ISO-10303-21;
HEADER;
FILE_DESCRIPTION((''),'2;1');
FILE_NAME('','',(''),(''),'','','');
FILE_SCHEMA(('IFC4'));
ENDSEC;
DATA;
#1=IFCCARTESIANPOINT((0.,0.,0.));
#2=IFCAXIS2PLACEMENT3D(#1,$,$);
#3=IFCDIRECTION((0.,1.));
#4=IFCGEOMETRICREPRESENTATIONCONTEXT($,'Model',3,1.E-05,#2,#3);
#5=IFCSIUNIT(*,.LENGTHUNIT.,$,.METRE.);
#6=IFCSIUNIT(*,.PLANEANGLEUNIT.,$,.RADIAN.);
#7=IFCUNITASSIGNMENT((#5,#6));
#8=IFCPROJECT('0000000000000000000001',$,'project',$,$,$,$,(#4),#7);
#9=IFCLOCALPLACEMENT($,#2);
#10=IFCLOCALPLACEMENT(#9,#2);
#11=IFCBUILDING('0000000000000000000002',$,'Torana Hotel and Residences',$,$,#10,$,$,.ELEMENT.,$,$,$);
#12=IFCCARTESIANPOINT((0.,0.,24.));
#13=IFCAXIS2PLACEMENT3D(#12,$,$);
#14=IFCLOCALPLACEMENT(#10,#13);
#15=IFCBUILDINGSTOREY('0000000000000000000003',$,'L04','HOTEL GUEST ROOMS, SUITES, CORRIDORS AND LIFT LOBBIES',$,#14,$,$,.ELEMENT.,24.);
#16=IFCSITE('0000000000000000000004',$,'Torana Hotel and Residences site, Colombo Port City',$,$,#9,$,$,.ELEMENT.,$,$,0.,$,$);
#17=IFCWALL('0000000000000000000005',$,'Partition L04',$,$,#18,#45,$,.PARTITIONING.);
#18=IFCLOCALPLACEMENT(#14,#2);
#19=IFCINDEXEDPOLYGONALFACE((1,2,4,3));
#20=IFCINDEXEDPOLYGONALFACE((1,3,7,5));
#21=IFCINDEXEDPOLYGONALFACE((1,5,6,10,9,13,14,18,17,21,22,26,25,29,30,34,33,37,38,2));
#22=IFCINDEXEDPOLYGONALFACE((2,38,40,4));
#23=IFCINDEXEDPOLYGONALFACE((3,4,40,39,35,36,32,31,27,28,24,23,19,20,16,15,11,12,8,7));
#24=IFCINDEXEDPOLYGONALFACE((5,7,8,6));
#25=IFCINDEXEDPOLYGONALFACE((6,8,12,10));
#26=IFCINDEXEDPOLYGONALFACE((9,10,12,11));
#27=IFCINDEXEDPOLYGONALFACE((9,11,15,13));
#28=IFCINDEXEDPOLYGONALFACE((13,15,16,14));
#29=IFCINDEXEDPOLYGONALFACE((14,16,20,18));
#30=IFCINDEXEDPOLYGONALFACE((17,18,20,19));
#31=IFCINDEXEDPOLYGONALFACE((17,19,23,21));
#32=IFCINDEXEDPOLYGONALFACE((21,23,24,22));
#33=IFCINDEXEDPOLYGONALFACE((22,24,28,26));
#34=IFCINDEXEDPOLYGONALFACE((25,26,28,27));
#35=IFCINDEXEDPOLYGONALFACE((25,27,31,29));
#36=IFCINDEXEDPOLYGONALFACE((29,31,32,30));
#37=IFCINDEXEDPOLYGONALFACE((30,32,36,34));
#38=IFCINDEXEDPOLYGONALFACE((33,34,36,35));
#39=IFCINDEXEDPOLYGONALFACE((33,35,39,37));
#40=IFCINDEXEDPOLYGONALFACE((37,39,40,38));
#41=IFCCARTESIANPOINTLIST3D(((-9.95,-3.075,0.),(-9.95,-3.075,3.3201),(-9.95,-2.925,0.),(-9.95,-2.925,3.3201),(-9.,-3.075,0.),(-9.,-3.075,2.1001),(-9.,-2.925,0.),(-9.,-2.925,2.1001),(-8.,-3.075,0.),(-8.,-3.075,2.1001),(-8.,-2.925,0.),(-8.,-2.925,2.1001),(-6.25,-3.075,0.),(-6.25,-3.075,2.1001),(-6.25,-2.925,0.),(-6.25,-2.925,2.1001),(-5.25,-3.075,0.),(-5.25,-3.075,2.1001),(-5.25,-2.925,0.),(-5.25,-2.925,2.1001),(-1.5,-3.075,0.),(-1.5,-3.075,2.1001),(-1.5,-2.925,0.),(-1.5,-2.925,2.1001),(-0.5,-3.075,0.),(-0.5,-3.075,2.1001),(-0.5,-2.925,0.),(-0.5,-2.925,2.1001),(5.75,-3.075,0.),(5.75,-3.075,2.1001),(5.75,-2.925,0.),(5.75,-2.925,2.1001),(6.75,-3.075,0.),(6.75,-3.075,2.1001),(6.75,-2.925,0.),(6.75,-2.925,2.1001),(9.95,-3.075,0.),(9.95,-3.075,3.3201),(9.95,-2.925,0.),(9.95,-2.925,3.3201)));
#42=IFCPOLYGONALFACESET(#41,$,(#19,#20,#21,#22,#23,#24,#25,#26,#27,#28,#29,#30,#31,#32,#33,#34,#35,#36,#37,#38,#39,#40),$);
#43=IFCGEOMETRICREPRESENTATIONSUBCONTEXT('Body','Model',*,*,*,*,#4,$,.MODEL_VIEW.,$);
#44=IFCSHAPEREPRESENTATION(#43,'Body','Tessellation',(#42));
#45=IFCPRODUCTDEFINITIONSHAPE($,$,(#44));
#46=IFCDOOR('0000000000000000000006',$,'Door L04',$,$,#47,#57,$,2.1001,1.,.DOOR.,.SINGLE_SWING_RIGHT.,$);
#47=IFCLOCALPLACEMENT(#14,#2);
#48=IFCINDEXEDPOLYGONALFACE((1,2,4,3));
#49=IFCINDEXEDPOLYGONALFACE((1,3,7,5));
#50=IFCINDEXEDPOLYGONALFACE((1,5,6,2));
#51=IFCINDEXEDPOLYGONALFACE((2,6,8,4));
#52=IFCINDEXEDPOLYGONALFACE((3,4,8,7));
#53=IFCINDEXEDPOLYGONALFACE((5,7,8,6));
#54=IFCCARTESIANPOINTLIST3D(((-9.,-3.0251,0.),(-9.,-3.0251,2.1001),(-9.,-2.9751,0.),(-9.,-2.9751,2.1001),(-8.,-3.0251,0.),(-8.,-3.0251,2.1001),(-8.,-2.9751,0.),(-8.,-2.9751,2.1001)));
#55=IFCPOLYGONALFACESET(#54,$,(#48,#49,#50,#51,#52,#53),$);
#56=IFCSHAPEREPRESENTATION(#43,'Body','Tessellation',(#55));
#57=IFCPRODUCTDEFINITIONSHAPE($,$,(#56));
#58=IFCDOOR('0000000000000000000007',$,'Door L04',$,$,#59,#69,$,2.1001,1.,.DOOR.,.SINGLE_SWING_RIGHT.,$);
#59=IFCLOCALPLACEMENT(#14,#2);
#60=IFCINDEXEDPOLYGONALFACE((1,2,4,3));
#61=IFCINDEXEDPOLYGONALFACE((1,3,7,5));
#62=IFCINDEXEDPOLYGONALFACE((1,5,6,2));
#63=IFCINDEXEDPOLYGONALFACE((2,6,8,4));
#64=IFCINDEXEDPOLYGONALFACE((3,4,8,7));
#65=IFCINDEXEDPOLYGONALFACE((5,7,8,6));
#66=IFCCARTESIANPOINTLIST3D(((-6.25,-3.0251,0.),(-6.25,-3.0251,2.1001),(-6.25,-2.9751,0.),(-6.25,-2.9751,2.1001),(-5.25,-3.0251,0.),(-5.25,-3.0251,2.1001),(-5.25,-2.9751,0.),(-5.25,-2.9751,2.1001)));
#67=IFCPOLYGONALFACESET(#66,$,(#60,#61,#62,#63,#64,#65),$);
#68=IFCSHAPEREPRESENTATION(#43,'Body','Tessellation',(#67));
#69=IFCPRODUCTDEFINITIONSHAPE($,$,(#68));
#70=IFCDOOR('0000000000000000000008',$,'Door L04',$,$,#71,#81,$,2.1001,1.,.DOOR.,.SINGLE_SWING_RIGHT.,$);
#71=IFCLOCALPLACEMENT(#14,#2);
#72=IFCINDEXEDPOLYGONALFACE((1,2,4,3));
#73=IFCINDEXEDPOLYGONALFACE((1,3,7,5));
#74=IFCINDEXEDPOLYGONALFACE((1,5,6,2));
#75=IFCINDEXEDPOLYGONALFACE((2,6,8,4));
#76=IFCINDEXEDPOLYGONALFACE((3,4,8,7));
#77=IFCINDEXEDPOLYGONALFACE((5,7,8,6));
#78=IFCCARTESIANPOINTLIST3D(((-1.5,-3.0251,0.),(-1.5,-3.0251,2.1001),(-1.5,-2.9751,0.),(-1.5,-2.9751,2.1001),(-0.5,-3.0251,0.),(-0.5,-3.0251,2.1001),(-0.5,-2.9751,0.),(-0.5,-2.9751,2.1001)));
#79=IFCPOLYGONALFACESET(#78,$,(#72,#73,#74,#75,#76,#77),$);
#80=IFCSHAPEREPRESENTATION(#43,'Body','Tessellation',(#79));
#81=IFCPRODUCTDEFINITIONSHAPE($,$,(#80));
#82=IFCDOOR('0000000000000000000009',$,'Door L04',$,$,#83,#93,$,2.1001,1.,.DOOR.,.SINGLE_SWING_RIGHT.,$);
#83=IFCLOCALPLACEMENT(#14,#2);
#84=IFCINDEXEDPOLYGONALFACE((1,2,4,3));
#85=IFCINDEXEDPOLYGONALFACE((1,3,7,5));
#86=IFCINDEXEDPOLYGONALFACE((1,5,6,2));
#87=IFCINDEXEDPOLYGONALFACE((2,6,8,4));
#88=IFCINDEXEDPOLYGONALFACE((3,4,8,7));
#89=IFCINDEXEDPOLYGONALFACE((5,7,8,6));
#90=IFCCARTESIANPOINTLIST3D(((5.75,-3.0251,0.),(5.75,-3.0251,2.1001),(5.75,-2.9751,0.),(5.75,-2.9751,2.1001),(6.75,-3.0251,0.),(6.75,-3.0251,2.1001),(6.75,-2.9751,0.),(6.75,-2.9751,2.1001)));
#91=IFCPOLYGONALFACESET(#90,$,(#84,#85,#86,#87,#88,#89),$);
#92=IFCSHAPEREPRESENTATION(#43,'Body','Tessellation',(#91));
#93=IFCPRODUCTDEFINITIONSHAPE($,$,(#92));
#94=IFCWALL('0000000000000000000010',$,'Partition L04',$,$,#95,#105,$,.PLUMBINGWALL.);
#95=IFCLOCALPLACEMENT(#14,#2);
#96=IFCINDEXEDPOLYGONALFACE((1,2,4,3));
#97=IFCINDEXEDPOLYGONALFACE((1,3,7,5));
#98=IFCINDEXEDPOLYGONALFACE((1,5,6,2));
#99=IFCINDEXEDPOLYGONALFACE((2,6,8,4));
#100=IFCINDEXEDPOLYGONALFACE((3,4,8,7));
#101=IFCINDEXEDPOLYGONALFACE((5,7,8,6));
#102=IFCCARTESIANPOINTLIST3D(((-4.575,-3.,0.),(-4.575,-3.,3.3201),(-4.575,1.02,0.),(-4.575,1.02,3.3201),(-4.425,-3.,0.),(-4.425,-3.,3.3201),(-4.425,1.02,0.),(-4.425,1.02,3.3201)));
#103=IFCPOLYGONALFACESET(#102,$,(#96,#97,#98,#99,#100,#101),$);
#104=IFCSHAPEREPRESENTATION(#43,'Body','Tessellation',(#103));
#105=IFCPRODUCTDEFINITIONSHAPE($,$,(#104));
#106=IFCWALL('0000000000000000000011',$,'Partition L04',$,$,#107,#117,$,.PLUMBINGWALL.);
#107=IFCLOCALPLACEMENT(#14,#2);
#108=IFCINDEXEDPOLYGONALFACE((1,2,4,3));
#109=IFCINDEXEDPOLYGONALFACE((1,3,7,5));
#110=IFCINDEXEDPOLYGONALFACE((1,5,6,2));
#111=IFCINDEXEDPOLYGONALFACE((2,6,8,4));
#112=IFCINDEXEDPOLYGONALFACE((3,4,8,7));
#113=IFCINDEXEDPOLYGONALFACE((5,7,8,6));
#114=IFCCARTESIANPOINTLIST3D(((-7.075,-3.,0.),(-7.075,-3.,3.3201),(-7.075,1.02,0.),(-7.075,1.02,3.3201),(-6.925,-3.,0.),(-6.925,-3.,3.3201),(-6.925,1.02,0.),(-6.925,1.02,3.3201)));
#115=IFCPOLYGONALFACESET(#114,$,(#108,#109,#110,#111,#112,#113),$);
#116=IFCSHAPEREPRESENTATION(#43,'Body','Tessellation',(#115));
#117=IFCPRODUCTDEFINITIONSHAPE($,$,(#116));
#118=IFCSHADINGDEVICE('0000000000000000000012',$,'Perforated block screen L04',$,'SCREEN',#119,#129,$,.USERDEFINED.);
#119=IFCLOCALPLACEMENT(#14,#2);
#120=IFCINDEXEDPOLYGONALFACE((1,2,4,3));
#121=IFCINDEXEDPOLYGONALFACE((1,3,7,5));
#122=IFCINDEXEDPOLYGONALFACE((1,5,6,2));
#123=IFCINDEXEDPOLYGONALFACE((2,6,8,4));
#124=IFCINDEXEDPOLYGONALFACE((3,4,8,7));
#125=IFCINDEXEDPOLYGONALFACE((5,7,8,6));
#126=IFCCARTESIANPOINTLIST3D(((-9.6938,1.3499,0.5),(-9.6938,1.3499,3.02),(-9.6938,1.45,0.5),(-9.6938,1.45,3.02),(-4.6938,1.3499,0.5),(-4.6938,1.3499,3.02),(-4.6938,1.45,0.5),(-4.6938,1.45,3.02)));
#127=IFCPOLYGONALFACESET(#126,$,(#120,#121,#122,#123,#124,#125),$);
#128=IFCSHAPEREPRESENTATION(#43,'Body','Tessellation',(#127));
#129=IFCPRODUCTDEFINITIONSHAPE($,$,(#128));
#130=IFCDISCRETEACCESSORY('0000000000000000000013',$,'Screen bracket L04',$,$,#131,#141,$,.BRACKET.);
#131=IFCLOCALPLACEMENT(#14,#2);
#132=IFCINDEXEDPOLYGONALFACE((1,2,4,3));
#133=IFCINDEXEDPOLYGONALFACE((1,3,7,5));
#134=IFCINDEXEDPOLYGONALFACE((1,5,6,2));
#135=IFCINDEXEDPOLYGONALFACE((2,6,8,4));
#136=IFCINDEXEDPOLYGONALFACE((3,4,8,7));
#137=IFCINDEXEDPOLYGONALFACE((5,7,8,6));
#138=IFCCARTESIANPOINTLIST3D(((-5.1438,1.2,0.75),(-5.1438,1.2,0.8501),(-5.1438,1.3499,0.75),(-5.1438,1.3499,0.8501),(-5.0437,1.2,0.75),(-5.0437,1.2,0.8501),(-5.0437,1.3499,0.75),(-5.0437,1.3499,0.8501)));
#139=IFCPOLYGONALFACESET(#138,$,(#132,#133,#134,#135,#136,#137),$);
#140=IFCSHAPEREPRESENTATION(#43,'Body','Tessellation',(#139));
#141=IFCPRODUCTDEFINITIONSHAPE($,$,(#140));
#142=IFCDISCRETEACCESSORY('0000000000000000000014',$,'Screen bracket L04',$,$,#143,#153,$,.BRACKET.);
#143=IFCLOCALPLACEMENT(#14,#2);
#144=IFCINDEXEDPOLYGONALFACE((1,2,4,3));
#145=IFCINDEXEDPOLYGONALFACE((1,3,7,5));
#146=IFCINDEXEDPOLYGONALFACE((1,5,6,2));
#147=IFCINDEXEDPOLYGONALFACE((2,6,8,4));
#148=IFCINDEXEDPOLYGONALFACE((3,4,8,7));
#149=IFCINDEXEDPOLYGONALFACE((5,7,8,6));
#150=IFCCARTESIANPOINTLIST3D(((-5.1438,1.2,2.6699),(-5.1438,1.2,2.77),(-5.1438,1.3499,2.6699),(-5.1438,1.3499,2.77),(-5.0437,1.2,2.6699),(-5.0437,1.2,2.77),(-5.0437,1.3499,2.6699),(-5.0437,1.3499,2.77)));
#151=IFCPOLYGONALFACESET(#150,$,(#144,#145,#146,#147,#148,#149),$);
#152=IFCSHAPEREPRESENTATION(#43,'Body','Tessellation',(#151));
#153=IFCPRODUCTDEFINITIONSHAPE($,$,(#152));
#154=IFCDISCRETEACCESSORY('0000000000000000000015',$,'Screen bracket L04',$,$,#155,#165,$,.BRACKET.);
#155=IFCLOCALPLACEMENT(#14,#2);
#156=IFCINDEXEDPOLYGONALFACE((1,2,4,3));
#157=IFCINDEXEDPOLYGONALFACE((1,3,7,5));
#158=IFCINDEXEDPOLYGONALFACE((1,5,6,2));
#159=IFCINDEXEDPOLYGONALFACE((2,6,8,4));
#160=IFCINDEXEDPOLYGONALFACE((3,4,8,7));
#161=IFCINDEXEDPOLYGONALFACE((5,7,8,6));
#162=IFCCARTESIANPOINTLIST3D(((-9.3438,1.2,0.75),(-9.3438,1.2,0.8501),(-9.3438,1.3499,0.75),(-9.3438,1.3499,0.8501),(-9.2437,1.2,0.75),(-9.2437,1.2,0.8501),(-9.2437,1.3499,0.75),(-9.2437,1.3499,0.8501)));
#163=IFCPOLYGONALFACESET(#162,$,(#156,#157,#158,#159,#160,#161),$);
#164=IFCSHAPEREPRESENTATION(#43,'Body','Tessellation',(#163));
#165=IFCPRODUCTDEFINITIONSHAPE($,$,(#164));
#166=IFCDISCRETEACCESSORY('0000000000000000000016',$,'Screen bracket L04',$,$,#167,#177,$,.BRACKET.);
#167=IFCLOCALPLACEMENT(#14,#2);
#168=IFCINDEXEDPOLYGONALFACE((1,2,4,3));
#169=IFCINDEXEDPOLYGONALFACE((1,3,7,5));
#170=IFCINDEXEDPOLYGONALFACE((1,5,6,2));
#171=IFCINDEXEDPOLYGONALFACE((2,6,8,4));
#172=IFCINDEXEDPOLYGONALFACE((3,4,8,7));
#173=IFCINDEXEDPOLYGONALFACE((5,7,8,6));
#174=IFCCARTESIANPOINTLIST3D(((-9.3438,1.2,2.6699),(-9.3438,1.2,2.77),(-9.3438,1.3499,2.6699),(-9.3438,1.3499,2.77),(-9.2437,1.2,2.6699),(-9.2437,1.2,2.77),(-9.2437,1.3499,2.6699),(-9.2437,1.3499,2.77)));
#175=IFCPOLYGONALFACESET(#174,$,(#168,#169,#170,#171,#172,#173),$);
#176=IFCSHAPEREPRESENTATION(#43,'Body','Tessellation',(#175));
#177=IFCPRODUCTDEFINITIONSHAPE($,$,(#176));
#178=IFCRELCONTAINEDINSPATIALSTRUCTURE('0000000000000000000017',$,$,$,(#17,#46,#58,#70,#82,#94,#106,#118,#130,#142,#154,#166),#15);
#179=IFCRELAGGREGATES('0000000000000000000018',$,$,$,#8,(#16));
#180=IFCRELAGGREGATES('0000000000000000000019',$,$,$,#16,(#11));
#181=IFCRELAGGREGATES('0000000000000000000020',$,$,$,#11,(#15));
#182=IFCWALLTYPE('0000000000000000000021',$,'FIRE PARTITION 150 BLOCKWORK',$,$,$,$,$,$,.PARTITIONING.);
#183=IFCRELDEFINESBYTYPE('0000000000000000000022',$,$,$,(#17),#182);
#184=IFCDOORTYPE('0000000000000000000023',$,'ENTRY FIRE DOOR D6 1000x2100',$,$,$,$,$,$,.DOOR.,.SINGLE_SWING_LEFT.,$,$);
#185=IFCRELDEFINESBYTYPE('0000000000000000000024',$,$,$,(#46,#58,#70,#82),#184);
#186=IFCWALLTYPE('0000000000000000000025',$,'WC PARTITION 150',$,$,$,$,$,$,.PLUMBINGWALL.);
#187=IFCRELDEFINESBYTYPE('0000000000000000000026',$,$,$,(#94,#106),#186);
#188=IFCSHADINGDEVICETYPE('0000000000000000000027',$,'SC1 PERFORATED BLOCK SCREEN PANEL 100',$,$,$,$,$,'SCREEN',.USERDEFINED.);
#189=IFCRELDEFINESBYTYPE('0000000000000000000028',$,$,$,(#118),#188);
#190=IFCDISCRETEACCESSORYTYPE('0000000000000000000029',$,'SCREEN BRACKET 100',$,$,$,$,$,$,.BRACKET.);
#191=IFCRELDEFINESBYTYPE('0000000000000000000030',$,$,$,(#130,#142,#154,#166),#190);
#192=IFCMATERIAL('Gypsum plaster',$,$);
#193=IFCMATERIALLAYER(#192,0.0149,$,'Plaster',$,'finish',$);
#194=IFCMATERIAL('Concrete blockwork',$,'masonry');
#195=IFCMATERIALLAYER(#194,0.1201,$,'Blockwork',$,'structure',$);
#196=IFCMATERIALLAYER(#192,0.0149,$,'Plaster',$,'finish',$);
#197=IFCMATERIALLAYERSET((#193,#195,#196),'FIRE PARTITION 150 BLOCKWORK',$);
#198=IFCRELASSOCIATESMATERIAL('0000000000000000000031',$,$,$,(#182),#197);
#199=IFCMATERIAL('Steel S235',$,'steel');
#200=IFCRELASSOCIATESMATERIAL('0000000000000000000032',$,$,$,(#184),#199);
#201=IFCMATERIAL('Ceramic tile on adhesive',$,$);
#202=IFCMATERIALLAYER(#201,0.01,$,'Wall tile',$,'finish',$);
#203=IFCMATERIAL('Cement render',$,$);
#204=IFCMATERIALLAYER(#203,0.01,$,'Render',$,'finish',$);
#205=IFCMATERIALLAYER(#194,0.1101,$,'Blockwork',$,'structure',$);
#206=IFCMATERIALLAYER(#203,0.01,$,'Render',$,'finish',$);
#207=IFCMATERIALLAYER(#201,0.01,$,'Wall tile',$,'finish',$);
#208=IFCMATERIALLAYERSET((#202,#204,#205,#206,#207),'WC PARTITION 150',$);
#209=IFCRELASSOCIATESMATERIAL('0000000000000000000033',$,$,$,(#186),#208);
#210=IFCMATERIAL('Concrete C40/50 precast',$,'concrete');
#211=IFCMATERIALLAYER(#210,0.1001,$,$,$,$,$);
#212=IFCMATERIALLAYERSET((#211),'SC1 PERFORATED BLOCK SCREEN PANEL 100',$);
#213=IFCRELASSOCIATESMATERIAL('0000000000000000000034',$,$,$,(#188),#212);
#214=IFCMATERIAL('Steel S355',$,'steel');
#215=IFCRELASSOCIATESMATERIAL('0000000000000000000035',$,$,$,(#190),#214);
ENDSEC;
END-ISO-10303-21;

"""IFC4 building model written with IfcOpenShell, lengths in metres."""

from ifc_helpers import new_model, si_unit, direction, frame, frame_2d, origin, origin_2d, place, context, subcontext, project, spatial, rectangle, extrude, material, layer, layer_set, type_object, element, fill, save


model = new_model("IFC4")

# Units and contexts
model_context = context("Model", 3, precision=1e-05, world=origin(), true_north=direction((0.0, 1.0)))
body_context = subcontext(model_context, "Body", "Model", "MODEL_VIEW")
ifc_project = project(units=[si_unit("LENGTHUNIT", "METRE"), si_unit("PLANEANGLEUNIT", "RADIAN")], contexts=[model_context])

# Site, building, storey
site_placement = place(None, origin())
site = spatial("IfcSite", under=ifc_project, at=site_placement, Name="Torana Hotel and Residences site, Colombo Port City", CompositionType="ELEMENT", RefElevation=0.0)
building_placement = place(site_placement, origin())
building = spatial("IfcBuilding", under=site, at=building_placement, Name="Torana Hotel and Residences", CompositionType="ELEMENT")
storey_placement = place(building_placement, frame((0.0, 0.0, 24.0)))
storey = spatial("IfcBuildingStorey", under=building, at=storey_placement, Name="L04", Description="HOTEL GUEST ROOMS, SUITES, CORRIDORS AND LIFT LOBBIES", CompositionType="ELEMENT", Elevation=24.0)

# Shared definitions
ifc_material_1 = material(Name="Gypsum plaster")
ifc_layer_1 = layer(ifc_material_1, 0.0149, Name="Plaster", Category="finish")
ifc_material_2 = material(Name="Concrete blockwork", Category="masonry")
ifc_layer_2 = layer(ifc_material_2, 0.1201, Name="Blockwork", Category="structure")
ifc_layer_3 = layer(ifc_material_1, 0.0149, Name="Plaster", Category="finish")
ifc_layer_set_1 = layer_set([ifc_layer_1, ifc_layer_2, ifc_layer_3], Name="FIRE PARTITION 150 BLOCKWORK")
wall_type_1 = type_object("IfcWallType", Name="FIRE PARTITION 150 BLOCKWORK", PredefinedType="PARTITIONING", material=ifc_layer_set_1)

# Wall, openings, doors
ifc_material_3 = material(Name="Steel S235", Category="steel")
door_type = type_object("IfcDoorType", Name="ENTRY FIRE DOOR D6 1000x2100", OperationType="SINGLE_SWING_LEFT", PredefinedType="DOOR", material=ifc_material_3)
wall_1_placement = place(storey_placement, frame((-9.95, -3.0, 0.0), z_axis=(0.0, 0.0, 1.0), x_axis=(1.0, 0.0, 0.0)))
wall_1 = element("IfcWall", 1, at=wall_1_placement, inside=storey, type_object=wall_type_1, Name="Partition L04", PredefinedType="PARTITIONING", context=body_context, shape_type="SweptSolid", body=[
    extrude(rectangle(XDim=19.8999, YDim=0.1499, at=frame_2d((9.95, 0.0))), origin(), (0.0, 0.0, 1.0), 3.3201),
])
opening_1_placement = place(wall_1_placement, frame((0.95, 0.0, 0.0)))
opening_1 = element("IfcOpeningElement", 2, at=opening_1_placement, cuts=wall_1, PredefinedType="OPENING", context=body_context, shape_type="SweptSolid", body=[
    extrude(rectangle(XDim=1.0, YDim=2.1001, at=frame_2d((0.5, 1.05))), frame((0.0, 0.085, 0.0), z_axis=(0.0, -1.0, 0.0), x_axis=(1.0, 0.0, 0.0)), (0.0, 0.0, 1.0), 0.1699),
])
opening_2_placement = place(wall_1_placement, frame((3.7, 0.0, 0.0)))
opening_2 = element("IfcOpeningElement", 3, at=opening_2_placement, cuts=wall_1, PredefinedType="OPENING", context=body_context, shape_type="SweptSolid", body=[
    extrude(rectangle(XDim=1.0, YDim=2.1001, at=frame_2d((0.5, 1.05))), frame((0.0, 0.085, 0.0), z_axis=(0.0, -1.0, 0.0), x_axis=(1.0, 0.0, 0.0)), (0.0, 0.0, 1.0), 0.1699),
])
opening_3_placement = place(wall_1_placement, frame((8.45, 0.0, 0.0)))
opening_3 = element("IfcOpeningElement", 4, at=opening_3_placement, cuts=wall_1, PredefinedType="OPENING", context=body_context, shape_type="SweptSolid", body=[
    extrude(rectangle(XDim=1.0, YDim=2.1001, at=frame_2d((0.5, 1.05))), frame((0.0, 0.085, 0.0), z_axis=(0.0, -1.0, 0.0), x_axis=(1.0, 0.0, 0.0)), (0.0, 0.0, 1.0), 0.1699),
])
opening_4_placement = place(wall_1_placement, frame((15.7, 0.0, 0.0)))
opening_4 = element("IfcOpeningElement", 5, at=opening_4_placement, cuts=wall_1, PredefinedType="OPENING", context=body_context, shape_type="SweptSolid", body=[
    extrude(rectangle(XDim=1.0, YDim=2.1001, at=frame_2d((0.5, 1.05))), frame((0.0, 0.085, 0.0), z_axis=(0.0, -1.0, 0.0), x_axis=(1.0, 0.0, 0.0)), (0.0, 0.0, 1.0), 0.1699),
])
door_1_placement = place(opening_1_placement, origin())
door_1 = element("IfcDoor", 6, at=door_1_placement, inside=storey, type_object=door_type, Name="Door L04", OperationType="SINGLE_SWING_RIGHT", OverallHeight=2.1001, OverallWidth=1.0, PredefinedType="DOOR", context=body_context, shape_type="SweptSolid", body=[
    extrude(rectangle(XDim=1.0, YDim=2.1001, at=frame_2d((0.5, 1.05))), frame((0.0, 0.0249, 0.0), z_axis=(0.0, -1.0, 0.0), x_axis=(1.0, 0.0, 0.0)), (0.0, 0.0, 1.0), 0.05),
])
fill(opening_1, door_1)
door_2_placement = place(opening_2_placement, origin())
door_2 = element("IfcDoor", 7, at=door_2_placement, inside=storey, type_object=door_type, Name="Door L04", OperationType="SINGLE_SWING_RIGHT", OverallHeight=2.1001, OverallWidth=1.0, PredefinedType="DOOR", context=body_context, shape_type="SweptSolid", body=[
    extrude(rectangle(XDim=1.0, YDim=2.1001, at=frame_2d((0.5, 1.05))), frame((0.0, 0.0249, 0.0), z_axis=(0.0, -1.0, 0.0), x_axis=(1.0, 0.0, 0.0)), (0.0, 0.0, 1.0), 0.05),
])
fill(opening_2, door_2)
door_3_placement = place(opening_3_placement, origin())
door_3 = element("IfcDoor", 8, at=door_3_placement, inside=storey, type_object=door_type, Name="Door L04", OperationType="SINGLE_SWING_RIGHT", OverallHeight=2.1001, OverallWidth=1.0, PredefinedType="DOOR", context=body_context, shape_type="SweptSolid", body=[
    extrude(rectangle(XDim=1.0, YDim=2.1001, at=frame_2d((0.5, 1.05))), frame((0.0, 0.0249, 0.0), z_axis=(0.0, -1.0, 0.0), x_axis=(1.0, 0.0, 0.0)), (0.0, 0.0, 1.0), 0.05),
])
fill(opening_3, door_3)
door_4_placement = place(opening_4_placement, origin())
door_4 = element("IfcDoor", 9, at=door_4_placement, inside=storey, type_object=door_type, Name="Door L04", OperationType="SINGLE_SWING_RIGHT", OverallHeight=2.1001, OverallWidth=1.0, PredefinedType="DOOR", context=body_context, shape_type="SweptSolid", body=[
    extrude(rectangle(XDim=1.0, YDim=2.1001, at=frame_2d((0.5, 1.05))), frame((0.0, 0.0249, 0.0), z_axis=(0.0, -1.0, 0.0), x_axis=(1.0, 0.0, 0.0)), (0.0, 0.0, 1.0), 0.05),
])
fill(opening_4, door_4)

# Walls
ifc_material_4 = material(Name="Ceramic tile on adhesive")
ifc_layer_4 = layer(ifc_material_4, 0.01, Name="Wall tile", Category="finish")
ifc_material_5 = material(Name="Cement render")
ifc_layer_5 = layer(ifc_material_5, 0.01, Name="Render", Category="finish")
ifc_layer_6 = layer(ifc_material_2, 0.1101, Name="Blockwork", Category="structure")
ifc_layer_7 = layer(ifc_material_5, 0.01, Name="Render", Category="finish")
ifc_layer_8 = layer(ifc_material_4, 0.01, Name="Wall tile", Category="finish")
ifc_layer_set_2 = layer_set([ifc_layer_4, ifc_layer_5, ifc_layer_6, ifc_layer_7, ifc_layer_8], Name="WC PARTITION 150")
wall_type_2 = type_object("IfcWallType", Name="WC PARTITION 150", PredefinedType="PLUMBINGWALL", material=ifc_layer_set_2)
for number, where, z_axis, x_axis, name in (
    (10, (-4.5, -3.0, 0.0), (0.0, 0.0, 1.0), (0.0, 1.0, 0.0), "Partition L04"),
    (11, (-7.0, -3.0, 0.0), (0.0, 0.0, 1.0), (0.0, 1.0, 0.0), "Partition L04"),
):
    element("IfcWall", number, at=place(storey_placement, frame(where, z_axis=z_axis, x_axis=x_axis)), inside=storey, type_object=wall_type_2, Name=name, PredefinedType="PLUMBINGWALL", context=body_context, shape_type="SweptSolid", body=[
        extrude(rectangle(XDim=4.02, YDim=0.1499, at=frame_2d((2.01, 0.0))), origin(), (0.0, 0.0, 1.0), 3.3201),
    ])

# Shading device
ifc_material_6 = material(Name="Concrete C40/50 precast", Category="concrete")
ifc_layer_9 = layer(ifc_material_6, 0.1001)
ifc_layer_set_3 = layer_set([ifc_layer_9], Name="SC1 PERFORATED BLOCK SCREEN PANEL 100")
shading_device_type = type_object("IfcShadingDeviceType", Name="SC1 PERFORATED BLOCK SCREEN PANEL 100", ElementType="SCREEN", PredefinedType="USERDEFINED", material=ifc_layer_set_3)
shading_device_placement = place(storey_placement, frame((-7.1938, 1.3999, 0.5), z_axis=(0.0, 0.0, 1.0), x_axis=(-1.0, 0.0, 0.0)))
element("IfcShadingDevice", 12, at=shading_device_placement, inside=storey, type_object=shading_device_type, Name="Perforated block screen L04", ObjectType="SCREEN", PredefinedType="USERDEFINED", context=body_context, shape_type="SweptSolid", body=[
    extrude(rectangle(XDim=5.0, YDim=0.1001, at=origin_2d()), origin(), (0.0, 0.0, 1.0), 2.52),
])

# Discrete accessories
ifc_material_7 = material(Name="Steel S355", Category="steel")
discrete_accessory_type = type_object("IfcDiscreteAccessoryType", Name="SCREEN BRACKET 100", PredefinedType="BRACKET", material=ifc_material_7)
for number, where, z_axis, x_axis, name in (
    (13, (-5.0938, 1.2749, 0.75), (0.0, 0.0, 1.0), (-1.0, 0.0, 0.0), "Screen bracket L04"),
    (14, (-5.0938, 1.2749, 2.6699), (0.0, 0.0, 1.0), (-1.0, 0.0, 0.0), "Screen bracket L04"),
    (15, (-9.2937, 1.2749, 0.75), (0.0, 0.0, 1.0), (-1.0, 0.0, 0.0), "Screen bracket L04"),
    (16, (-9.2937, 1.2749, 2.6699), (0.0, 0.0, 1.0), (-1.0, 0.0, 0.0), "Screen bracket L04"),
):
    element("IfcDiscreteAccessory", number, at=place(storey_placement, frame(where, z_axis=z_axis, x_axis=x_axis)), inside=storey, type_object=discrete_accessory_type, Name=name, PredefinedType="BRACKET", context=body_context, shape_type="SweptSolid", body=[
        extrude(rectangle(XDim=0.1001, YDim=0.1499, at=origin_2d()), origin(), (0.0, 0.0, 1.0), 0.1001),
    ])

save(model, "model.ifc")
